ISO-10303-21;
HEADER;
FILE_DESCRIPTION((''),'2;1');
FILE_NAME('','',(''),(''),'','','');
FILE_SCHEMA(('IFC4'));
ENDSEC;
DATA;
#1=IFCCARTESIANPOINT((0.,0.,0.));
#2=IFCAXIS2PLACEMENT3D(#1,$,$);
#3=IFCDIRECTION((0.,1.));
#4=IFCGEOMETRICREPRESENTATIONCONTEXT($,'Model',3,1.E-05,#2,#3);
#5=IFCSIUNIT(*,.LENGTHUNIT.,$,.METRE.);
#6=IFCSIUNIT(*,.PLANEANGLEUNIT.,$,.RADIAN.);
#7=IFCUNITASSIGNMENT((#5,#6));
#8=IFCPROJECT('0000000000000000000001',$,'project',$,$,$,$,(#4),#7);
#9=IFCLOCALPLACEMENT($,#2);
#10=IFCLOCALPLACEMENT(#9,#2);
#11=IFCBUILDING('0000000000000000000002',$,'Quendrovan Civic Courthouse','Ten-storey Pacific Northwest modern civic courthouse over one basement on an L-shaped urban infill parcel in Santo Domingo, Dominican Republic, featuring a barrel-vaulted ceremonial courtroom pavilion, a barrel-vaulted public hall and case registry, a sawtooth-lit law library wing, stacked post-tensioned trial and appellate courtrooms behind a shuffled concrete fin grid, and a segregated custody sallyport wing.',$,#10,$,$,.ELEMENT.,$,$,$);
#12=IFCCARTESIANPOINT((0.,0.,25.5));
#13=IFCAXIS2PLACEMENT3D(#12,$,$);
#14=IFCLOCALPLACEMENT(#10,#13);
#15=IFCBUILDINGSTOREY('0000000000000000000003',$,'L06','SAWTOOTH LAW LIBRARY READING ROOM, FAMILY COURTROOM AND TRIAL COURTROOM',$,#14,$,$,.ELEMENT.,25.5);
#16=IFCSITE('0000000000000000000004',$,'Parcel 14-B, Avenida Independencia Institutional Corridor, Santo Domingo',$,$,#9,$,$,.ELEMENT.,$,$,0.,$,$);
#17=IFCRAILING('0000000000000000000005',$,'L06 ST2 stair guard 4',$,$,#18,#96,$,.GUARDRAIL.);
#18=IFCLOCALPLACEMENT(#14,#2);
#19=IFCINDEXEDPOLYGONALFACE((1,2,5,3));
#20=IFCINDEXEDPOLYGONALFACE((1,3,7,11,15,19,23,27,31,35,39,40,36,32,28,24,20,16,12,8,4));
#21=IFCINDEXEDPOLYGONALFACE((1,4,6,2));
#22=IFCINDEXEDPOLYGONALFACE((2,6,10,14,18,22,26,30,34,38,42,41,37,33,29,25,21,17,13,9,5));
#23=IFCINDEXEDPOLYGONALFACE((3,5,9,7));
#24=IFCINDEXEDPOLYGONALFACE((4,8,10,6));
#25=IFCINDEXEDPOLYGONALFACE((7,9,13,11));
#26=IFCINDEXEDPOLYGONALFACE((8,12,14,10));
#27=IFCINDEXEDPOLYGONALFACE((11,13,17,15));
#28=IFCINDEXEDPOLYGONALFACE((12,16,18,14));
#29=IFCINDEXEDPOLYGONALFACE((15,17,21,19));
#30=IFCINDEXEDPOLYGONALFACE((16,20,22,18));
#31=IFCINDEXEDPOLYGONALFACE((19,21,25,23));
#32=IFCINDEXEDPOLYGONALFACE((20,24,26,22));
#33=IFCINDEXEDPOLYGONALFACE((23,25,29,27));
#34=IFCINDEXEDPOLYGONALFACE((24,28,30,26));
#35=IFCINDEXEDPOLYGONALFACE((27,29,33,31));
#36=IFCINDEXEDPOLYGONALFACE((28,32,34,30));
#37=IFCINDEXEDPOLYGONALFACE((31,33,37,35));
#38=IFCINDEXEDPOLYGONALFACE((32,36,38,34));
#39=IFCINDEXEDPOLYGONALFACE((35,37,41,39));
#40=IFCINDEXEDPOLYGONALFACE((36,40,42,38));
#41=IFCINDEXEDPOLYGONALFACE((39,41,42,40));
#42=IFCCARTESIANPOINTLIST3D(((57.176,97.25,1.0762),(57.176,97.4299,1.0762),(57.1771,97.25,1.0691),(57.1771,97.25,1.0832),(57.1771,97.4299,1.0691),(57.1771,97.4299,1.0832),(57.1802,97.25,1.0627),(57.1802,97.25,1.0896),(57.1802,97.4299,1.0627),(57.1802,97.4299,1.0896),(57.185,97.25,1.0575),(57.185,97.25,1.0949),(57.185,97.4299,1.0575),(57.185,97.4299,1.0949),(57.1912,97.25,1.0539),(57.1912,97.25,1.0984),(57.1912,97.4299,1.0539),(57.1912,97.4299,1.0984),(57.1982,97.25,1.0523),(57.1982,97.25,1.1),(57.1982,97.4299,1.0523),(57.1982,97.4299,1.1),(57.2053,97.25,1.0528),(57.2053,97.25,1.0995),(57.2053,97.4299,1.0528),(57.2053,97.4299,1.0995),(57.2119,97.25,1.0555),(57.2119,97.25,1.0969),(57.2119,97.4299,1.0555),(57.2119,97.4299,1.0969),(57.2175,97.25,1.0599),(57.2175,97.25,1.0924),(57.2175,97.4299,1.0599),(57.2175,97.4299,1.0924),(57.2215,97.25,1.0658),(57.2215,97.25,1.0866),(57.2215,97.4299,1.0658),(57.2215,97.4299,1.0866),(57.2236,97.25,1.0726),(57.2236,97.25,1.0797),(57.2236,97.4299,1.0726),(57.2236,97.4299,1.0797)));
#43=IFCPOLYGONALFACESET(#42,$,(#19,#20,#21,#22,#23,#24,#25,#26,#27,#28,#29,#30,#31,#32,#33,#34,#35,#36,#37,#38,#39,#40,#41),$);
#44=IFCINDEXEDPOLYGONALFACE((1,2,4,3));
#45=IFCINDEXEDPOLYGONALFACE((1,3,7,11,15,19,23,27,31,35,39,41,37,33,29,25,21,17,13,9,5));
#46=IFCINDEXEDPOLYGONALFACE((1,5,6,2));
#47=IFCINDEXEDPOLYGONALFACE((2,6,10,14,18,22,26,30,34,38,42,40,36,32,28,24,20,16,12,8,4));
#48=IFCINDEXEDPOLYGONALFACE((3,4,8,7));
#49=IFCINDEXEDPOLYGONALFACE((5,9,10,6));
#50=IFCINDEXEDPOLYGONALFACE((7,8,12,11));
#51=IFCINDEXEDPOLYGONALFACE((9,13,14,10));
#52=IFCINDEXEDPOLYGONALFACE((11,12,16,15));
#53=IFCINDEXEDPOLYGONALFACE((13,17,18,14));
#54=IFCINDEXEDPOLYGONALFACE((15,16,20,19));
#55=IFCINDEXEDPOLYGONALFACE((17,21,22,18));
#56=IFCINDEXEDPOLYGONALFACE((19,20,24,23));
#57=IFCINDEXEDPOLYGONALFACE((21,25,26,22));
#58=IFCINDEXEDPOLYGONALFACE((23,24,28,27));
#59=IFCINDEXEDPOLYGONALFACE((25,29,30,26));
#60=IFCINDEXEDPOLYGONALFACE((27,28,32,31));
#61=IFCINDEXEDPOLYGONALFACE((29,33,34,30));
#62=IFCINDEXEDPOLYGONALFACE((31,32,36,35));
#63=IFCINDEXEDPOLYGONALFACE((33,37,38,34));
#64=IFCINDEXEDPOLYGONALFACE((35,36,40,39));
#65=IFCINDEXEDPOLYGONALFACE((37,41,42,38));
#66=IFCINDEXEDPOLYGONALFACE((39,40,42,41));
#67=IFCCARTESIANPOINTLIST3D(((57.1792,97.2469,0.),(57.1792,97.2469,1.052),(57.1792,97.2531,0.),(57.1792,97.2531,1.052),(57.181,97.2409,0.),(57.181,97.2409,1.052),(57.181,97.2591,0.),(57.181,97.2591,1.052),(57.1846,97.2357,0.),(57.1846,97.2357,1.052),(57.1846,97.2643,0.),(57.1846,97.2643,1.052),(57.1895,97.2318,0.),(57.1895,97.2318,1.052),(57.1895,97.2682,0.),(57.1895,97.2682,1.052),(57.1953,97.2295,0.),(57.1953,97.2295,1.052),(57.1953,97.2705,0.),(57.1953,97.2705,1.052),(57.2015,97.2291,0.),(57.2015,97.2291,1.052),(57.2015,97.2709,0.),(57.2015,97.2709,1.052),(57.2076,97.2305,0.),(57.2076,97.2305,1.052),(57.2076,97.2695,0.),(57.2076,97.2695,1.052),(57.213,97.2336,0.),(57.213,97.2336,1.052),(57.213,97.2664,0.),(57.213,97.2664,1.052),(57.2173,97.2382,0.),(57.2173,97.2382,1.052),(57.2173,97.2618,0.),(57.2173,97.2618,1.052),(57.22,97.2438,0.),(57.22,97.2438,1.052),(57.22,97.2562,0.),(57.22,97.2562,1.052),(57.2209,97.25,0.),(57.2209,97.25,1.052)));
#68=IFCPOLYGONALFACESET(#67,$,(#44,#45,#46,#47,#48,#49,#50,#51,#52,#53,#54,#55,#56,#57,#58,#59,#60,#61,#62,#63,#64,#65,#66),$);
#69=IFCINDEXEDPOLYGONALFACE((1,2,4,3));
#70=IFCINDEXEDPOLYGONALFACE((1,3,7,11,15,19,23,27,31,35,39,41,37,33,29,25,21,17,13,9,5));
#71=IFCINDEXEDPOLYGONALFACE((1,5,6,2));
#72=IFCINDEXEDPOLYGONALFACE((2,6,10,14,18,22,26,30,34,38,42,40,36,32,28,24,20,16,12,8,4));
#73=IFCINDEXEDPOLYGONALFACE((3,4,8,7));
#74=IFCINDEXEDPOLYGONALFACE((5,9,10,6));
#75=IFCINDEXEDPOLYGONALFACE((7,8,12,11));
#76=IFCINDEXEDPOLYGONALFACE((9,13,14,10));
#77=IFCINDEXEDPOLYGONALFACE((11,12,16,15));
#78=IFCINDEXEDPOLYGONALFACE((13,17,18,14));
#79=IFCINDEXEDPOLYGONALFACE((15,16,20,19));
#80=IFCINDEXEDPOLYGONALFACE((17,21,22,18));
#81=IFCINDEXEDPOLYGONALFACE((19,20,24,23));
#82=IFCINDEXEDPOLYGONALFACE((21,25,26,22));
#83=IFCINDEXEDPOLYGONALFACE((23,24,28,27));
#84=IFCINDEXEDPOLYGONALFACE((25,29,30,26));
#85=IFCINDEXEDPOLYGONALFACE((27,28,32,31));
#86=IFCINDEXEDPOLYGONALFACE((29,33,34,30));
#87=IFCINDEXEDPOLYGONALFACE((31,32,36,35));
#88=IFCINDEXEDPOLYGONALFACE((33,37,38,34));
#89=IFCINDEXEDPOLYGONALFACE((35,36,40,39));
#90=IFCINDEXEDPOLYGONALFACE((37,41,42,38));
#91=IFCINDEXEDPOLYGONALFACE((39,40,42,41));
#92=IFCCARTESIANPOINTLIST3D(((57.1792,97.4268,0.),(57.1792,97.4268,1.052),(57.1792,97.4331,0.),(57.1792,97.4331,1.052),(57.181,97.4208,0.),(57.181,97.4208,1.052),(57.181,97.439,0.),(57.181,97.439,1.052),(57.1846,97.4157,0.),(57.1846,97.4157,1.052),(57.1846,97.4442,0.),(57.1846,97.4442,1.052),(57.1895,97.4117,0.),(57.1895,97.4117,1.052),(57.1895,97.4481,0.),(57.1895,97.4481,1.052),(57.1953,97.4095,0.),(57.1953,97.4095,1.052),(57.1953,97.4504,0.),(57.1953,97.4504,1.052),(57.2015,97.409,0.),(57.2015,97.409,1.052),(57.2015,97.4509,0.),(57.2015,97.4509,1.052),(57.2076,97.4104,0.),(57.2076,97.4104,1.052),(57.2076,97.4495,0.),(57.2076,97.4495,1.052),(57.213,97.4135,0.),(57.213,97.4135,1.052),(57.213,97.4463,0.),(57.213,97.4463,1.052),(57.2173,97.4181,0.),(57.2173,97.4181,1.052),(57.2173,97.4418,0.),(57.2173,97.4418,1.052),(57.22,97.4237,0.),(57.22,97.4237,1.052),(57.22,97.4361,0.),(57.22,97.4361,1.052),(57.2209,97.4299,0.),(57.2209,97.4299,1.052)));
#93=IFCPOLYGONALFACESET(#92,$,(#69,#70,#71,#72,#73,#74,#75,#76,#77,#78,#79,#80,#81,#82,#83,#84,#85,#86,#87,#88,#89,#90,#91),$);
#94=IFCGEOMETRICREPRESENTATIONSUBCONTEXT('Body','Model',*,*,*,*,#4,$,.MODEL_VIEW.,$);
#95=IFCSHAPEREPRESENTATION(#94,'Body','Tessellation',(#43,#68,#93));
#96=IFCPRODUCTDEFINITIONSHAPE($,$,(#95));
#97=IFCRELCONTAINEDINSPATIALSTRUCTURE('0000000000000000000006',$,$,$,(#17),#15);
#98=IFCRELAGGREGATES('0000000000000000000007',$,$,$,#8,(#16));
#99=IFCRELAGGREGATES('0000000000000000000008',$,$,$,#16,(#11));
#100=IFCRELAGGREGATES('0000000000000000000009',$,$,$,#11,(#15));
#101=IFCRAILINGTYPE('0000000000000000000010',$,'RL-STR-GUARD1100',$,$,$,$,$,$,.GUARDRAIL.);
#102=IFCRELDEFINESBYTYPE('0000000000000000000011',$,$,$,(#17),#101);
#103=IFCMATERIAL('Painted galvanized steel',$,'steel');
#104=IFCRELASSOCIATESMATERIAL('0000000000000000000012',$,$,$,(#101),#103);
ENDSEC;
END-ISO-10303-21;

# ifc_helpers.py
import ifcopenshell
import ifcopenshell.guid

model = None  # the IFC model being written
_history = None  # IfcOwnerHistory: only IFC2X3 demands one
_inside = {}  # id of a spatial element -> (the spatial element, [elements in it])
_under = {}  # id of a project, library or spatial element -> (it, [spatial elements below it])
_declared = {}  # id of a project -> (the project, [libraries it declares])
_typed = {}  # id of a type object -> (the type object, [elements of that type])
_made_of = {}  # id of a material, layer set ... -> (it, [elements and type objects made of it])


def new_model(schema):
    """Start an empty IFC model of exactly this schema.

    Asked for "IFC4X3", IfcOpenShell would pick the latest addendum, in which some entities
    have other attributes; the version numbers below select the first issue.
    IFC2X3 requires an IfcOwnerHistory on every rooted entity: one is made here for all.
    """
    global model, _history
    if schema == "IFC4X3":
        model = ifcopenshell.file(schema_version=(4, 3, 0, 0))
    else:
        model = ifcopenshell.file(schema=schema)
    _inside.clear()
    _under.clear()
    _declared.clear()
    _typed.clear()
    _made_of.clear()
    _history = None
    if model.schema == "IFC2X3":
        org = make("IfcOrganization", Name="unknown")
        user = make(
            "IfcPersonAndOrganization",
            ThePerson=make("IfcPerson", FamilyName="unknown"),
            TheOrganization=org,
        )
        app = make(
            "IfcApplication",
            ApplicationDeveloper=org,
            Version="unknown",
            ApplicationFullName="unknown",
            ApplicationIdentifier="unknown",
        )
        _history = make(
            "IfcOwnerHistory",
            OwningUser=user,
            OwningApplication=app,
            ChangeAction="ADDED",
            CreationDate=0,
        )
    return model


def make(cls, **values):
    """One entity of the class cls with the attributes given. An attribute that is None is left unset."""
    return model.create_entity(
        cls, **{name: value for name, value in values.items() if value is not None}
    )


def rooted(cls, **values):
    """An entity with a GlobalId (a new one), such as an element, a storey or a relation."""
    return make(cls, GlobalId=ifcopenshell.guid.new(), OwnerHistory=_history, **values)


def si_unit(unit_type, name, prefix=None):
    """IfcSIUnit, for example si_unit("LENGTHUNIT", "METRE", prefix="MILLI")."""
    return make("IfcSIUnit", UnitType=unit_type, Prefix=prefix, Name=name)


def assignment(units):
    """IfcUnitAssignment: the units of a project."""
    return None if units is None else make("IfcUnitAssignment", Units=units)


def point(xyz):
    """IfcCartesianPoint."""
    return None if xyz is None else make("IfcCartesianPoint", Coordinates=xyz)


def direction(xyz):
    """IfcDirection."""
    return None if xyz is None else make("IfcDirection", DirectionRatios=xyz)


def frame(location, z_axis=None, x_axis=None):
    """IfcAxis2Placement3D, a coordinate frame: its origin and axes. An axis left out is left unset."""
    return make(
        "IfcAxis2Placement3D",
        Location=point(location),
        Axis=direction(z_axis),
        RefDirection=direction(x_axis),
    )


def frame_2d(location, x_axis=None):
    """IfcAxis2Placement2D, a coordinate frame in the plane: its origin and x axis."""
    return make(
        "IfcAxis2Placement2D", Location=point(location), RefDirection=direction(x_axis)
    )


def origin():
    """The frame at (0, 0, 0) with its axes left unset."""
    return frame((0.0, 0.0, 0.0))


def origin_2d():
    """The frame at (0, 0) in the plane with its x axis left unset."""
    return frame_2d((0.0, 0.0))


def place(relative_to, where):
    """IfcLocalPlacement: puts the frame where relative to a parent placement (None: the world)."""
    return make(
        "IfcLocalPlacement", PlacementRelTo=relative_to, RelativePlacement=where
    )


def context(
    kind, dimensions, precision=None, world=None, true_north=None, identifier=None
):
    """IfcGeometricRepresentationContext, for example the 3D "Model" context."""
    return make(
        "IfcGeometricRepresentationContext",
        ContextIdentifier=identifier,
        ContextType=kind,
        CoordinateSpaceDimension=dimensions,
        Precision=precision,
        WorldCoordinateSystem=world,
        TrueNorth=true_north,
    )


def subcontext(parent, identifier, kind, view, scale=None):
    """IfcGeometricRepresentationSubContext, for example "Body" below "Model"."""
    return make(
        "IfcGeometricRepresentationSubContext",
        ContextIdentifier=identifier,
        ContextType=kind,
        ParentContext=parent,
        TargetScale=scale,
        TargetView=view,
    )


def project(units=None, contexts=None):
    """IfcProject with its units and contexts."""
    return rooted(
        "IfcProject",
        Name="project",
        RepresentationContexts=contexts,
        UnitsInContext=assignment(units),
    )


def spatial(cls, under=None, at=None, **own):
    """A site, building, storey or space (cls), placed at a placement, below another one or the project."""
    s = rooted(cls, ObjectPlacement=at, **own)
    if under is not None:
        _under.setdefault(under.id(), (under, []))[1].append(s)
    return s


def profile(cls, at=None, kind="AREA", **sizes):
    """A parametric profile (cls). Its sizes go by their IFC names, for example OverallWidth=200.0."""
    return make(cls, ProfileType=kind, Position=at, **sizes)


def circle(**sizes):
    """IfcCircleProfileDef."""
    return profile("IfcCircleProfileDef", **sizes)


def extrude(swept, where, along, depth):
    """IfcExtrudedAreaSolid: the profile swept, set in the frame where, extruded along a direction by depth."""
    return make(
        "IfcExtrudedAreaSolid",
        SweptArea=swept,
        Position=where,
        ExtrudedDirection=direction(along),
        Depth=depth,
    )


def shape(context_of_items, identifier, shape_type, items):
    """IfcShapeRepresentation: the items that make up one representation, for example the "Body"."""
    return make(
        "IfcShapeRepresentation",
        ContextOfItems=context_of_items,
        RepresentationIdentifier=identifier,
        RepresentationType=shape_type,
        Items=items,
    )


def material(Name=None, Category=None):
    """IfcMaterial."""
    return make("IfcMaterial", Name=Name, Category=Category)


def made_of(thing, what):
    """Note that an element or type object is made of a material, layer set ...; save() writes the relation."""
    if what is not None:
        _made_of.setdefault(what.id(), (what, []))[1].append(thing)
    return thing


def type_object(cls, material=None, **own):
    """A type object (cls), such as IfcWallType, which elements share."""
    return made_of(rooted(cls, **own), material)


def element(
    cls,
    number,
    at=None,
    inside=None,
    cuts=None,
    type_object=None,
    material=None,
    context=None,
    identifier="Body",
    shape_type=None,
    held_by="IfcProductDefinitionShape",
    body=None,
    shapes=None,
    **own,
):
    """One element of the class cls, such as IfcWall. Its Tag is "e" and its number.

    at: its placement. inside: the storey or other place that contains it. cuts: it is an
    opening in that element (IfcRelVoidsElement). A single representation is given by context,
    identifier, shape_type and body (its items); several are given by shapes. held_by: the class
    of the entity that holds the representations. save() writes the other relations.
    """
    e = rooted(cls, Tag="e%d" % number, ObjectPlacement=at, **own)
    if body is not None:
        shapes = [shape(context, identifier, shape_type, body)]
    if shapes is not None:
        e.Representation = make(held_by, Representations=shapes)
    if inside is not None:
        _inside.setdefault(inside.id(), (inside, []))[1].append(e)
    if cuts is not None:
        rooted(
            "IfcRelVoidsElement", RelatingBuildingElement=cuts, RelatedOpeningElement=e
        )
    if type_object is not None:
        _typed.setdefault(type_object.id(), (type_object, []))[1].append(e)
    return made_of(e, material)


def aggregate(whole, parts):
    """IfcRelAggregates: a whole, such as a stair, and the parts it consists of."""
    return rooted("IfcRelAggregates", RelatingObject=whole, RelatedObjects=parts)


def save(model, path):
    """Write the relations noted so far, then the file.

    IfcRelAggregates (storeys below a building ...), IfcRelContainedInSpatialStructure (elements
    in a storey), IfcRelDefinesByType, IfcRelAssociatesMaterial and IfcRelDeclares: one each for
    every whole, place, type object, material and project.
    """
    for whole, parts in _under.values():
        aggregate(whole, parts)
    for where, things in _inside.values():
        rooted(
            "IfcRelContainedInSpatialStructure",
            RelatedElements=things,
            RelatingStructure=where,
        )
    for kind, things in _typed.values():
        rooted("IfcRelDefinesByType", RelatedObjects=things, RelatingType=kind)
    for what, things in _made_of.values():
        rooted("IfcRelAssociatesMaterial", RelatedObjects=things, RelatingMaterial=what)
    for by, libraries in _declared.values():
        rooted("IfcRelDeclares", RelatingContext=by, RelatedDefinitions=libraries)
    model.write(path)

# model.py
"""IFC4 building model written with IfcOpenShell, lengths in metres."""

from ifc_helpers import new_model, si_unit, direction, frame, origin, origin_2d, place, context, subcontext, project, spatial, circle, extrude, material, type_object, element, save


model = new_model("IFC4")

# Units and contexts
model_context = context("Model", 3, precision=1e-05, world=origin(), true_north=direction((0.0, 1.0)))
body_context = subcontext(model_context, "Body", "Model", "MODEL_VIEW")
ifc_project = project(units=[si_unit("LENGTHUNIT", "METRE"), si_unit("PLANEANGLEUNIT", "RADIAN")], contexts=[model_context])

# Site, building, storey
site_placement = place(None, origin())
site = spatial("IfcSite", under=ifc_project, at=site_placement, Name="Parcel 14-B, Avenida Independencia Institutional Corridor, Santo Domingo", CompositionType="ELEMENT", RefElevation=0.0)
building_placement = place(site_placement, origin())
building = spatial("IfcBuilding", under=site, at=building_placement, Name="Quendrovan Civic Courthouse", Description="Ten-storey Pacific Northwest modern civic courthouse over one basement on an L-shaped urban infill parcel in Santo Domingo, Dominican Republic, featuring a barrel-vaulted ceremonial courtroom pavilion, a barrel-vaulted public hall and case registry, a sawtooth-lit law library wing, stacked post-tensioned trial and appellate courtrooms behind a shuffled concrete fin grid, and a segregated custody sallyport wing.", CompositionType="ELEMENT")
storey_placement = place(building_placement, frame((0.0, 0.0, 25.5)))
storey = spatial("IfcBuildingStorey", under=building, at=storey_placement, Name="L06", Description="SAWTOOTH LAW LIBRARY READING ROOM, FAMILY COURTROOM AND TRIAL COURTROOM", CompositionType="ELEMENT", Elevation=25.5)

# Railing
ifc_material_1 = material(Name="Painted galvanized steel", Category="steel")
railing_type_1 = type_object("IfcRailingType", Name="RL-STR-GUARD1100", PredefinedType="GUARDRAIL", material=ifc_material_1)
railing_1_placement = place(storey_placement, frame((57.2, 97.25, 0.0)))
element("IfcRailing", 1, at=railing_1_placement, inside=storey, type_object=railing_type_1, Name="L06 ST2 stair guard 4", PredefinedType="GUARDRAIL", context=body_context, shape_type="SweptSolid", body=[
    extrude(circle(Radius=0.0239, at=origin_2d()), frame((0.0, 0.0, 1.0762), z_axis=(0.0, 1.0, 0.0), x_axis=(-1.0, 0.0, 0.0)), (0.0, 0.0, 1.0), 0.1799),
    extrude(circle(Radius=0.021, at=origin_2d()), origin(), (0.0, 0.0, 1.0), 1.052),
    extrude(circle(Radius=0.021, at=origin_2d()), frame((0.0, 0.1799, 0.0)), (0.0, 0.0, 1.0), 1.052),
])

save(model, "model.ifc")
